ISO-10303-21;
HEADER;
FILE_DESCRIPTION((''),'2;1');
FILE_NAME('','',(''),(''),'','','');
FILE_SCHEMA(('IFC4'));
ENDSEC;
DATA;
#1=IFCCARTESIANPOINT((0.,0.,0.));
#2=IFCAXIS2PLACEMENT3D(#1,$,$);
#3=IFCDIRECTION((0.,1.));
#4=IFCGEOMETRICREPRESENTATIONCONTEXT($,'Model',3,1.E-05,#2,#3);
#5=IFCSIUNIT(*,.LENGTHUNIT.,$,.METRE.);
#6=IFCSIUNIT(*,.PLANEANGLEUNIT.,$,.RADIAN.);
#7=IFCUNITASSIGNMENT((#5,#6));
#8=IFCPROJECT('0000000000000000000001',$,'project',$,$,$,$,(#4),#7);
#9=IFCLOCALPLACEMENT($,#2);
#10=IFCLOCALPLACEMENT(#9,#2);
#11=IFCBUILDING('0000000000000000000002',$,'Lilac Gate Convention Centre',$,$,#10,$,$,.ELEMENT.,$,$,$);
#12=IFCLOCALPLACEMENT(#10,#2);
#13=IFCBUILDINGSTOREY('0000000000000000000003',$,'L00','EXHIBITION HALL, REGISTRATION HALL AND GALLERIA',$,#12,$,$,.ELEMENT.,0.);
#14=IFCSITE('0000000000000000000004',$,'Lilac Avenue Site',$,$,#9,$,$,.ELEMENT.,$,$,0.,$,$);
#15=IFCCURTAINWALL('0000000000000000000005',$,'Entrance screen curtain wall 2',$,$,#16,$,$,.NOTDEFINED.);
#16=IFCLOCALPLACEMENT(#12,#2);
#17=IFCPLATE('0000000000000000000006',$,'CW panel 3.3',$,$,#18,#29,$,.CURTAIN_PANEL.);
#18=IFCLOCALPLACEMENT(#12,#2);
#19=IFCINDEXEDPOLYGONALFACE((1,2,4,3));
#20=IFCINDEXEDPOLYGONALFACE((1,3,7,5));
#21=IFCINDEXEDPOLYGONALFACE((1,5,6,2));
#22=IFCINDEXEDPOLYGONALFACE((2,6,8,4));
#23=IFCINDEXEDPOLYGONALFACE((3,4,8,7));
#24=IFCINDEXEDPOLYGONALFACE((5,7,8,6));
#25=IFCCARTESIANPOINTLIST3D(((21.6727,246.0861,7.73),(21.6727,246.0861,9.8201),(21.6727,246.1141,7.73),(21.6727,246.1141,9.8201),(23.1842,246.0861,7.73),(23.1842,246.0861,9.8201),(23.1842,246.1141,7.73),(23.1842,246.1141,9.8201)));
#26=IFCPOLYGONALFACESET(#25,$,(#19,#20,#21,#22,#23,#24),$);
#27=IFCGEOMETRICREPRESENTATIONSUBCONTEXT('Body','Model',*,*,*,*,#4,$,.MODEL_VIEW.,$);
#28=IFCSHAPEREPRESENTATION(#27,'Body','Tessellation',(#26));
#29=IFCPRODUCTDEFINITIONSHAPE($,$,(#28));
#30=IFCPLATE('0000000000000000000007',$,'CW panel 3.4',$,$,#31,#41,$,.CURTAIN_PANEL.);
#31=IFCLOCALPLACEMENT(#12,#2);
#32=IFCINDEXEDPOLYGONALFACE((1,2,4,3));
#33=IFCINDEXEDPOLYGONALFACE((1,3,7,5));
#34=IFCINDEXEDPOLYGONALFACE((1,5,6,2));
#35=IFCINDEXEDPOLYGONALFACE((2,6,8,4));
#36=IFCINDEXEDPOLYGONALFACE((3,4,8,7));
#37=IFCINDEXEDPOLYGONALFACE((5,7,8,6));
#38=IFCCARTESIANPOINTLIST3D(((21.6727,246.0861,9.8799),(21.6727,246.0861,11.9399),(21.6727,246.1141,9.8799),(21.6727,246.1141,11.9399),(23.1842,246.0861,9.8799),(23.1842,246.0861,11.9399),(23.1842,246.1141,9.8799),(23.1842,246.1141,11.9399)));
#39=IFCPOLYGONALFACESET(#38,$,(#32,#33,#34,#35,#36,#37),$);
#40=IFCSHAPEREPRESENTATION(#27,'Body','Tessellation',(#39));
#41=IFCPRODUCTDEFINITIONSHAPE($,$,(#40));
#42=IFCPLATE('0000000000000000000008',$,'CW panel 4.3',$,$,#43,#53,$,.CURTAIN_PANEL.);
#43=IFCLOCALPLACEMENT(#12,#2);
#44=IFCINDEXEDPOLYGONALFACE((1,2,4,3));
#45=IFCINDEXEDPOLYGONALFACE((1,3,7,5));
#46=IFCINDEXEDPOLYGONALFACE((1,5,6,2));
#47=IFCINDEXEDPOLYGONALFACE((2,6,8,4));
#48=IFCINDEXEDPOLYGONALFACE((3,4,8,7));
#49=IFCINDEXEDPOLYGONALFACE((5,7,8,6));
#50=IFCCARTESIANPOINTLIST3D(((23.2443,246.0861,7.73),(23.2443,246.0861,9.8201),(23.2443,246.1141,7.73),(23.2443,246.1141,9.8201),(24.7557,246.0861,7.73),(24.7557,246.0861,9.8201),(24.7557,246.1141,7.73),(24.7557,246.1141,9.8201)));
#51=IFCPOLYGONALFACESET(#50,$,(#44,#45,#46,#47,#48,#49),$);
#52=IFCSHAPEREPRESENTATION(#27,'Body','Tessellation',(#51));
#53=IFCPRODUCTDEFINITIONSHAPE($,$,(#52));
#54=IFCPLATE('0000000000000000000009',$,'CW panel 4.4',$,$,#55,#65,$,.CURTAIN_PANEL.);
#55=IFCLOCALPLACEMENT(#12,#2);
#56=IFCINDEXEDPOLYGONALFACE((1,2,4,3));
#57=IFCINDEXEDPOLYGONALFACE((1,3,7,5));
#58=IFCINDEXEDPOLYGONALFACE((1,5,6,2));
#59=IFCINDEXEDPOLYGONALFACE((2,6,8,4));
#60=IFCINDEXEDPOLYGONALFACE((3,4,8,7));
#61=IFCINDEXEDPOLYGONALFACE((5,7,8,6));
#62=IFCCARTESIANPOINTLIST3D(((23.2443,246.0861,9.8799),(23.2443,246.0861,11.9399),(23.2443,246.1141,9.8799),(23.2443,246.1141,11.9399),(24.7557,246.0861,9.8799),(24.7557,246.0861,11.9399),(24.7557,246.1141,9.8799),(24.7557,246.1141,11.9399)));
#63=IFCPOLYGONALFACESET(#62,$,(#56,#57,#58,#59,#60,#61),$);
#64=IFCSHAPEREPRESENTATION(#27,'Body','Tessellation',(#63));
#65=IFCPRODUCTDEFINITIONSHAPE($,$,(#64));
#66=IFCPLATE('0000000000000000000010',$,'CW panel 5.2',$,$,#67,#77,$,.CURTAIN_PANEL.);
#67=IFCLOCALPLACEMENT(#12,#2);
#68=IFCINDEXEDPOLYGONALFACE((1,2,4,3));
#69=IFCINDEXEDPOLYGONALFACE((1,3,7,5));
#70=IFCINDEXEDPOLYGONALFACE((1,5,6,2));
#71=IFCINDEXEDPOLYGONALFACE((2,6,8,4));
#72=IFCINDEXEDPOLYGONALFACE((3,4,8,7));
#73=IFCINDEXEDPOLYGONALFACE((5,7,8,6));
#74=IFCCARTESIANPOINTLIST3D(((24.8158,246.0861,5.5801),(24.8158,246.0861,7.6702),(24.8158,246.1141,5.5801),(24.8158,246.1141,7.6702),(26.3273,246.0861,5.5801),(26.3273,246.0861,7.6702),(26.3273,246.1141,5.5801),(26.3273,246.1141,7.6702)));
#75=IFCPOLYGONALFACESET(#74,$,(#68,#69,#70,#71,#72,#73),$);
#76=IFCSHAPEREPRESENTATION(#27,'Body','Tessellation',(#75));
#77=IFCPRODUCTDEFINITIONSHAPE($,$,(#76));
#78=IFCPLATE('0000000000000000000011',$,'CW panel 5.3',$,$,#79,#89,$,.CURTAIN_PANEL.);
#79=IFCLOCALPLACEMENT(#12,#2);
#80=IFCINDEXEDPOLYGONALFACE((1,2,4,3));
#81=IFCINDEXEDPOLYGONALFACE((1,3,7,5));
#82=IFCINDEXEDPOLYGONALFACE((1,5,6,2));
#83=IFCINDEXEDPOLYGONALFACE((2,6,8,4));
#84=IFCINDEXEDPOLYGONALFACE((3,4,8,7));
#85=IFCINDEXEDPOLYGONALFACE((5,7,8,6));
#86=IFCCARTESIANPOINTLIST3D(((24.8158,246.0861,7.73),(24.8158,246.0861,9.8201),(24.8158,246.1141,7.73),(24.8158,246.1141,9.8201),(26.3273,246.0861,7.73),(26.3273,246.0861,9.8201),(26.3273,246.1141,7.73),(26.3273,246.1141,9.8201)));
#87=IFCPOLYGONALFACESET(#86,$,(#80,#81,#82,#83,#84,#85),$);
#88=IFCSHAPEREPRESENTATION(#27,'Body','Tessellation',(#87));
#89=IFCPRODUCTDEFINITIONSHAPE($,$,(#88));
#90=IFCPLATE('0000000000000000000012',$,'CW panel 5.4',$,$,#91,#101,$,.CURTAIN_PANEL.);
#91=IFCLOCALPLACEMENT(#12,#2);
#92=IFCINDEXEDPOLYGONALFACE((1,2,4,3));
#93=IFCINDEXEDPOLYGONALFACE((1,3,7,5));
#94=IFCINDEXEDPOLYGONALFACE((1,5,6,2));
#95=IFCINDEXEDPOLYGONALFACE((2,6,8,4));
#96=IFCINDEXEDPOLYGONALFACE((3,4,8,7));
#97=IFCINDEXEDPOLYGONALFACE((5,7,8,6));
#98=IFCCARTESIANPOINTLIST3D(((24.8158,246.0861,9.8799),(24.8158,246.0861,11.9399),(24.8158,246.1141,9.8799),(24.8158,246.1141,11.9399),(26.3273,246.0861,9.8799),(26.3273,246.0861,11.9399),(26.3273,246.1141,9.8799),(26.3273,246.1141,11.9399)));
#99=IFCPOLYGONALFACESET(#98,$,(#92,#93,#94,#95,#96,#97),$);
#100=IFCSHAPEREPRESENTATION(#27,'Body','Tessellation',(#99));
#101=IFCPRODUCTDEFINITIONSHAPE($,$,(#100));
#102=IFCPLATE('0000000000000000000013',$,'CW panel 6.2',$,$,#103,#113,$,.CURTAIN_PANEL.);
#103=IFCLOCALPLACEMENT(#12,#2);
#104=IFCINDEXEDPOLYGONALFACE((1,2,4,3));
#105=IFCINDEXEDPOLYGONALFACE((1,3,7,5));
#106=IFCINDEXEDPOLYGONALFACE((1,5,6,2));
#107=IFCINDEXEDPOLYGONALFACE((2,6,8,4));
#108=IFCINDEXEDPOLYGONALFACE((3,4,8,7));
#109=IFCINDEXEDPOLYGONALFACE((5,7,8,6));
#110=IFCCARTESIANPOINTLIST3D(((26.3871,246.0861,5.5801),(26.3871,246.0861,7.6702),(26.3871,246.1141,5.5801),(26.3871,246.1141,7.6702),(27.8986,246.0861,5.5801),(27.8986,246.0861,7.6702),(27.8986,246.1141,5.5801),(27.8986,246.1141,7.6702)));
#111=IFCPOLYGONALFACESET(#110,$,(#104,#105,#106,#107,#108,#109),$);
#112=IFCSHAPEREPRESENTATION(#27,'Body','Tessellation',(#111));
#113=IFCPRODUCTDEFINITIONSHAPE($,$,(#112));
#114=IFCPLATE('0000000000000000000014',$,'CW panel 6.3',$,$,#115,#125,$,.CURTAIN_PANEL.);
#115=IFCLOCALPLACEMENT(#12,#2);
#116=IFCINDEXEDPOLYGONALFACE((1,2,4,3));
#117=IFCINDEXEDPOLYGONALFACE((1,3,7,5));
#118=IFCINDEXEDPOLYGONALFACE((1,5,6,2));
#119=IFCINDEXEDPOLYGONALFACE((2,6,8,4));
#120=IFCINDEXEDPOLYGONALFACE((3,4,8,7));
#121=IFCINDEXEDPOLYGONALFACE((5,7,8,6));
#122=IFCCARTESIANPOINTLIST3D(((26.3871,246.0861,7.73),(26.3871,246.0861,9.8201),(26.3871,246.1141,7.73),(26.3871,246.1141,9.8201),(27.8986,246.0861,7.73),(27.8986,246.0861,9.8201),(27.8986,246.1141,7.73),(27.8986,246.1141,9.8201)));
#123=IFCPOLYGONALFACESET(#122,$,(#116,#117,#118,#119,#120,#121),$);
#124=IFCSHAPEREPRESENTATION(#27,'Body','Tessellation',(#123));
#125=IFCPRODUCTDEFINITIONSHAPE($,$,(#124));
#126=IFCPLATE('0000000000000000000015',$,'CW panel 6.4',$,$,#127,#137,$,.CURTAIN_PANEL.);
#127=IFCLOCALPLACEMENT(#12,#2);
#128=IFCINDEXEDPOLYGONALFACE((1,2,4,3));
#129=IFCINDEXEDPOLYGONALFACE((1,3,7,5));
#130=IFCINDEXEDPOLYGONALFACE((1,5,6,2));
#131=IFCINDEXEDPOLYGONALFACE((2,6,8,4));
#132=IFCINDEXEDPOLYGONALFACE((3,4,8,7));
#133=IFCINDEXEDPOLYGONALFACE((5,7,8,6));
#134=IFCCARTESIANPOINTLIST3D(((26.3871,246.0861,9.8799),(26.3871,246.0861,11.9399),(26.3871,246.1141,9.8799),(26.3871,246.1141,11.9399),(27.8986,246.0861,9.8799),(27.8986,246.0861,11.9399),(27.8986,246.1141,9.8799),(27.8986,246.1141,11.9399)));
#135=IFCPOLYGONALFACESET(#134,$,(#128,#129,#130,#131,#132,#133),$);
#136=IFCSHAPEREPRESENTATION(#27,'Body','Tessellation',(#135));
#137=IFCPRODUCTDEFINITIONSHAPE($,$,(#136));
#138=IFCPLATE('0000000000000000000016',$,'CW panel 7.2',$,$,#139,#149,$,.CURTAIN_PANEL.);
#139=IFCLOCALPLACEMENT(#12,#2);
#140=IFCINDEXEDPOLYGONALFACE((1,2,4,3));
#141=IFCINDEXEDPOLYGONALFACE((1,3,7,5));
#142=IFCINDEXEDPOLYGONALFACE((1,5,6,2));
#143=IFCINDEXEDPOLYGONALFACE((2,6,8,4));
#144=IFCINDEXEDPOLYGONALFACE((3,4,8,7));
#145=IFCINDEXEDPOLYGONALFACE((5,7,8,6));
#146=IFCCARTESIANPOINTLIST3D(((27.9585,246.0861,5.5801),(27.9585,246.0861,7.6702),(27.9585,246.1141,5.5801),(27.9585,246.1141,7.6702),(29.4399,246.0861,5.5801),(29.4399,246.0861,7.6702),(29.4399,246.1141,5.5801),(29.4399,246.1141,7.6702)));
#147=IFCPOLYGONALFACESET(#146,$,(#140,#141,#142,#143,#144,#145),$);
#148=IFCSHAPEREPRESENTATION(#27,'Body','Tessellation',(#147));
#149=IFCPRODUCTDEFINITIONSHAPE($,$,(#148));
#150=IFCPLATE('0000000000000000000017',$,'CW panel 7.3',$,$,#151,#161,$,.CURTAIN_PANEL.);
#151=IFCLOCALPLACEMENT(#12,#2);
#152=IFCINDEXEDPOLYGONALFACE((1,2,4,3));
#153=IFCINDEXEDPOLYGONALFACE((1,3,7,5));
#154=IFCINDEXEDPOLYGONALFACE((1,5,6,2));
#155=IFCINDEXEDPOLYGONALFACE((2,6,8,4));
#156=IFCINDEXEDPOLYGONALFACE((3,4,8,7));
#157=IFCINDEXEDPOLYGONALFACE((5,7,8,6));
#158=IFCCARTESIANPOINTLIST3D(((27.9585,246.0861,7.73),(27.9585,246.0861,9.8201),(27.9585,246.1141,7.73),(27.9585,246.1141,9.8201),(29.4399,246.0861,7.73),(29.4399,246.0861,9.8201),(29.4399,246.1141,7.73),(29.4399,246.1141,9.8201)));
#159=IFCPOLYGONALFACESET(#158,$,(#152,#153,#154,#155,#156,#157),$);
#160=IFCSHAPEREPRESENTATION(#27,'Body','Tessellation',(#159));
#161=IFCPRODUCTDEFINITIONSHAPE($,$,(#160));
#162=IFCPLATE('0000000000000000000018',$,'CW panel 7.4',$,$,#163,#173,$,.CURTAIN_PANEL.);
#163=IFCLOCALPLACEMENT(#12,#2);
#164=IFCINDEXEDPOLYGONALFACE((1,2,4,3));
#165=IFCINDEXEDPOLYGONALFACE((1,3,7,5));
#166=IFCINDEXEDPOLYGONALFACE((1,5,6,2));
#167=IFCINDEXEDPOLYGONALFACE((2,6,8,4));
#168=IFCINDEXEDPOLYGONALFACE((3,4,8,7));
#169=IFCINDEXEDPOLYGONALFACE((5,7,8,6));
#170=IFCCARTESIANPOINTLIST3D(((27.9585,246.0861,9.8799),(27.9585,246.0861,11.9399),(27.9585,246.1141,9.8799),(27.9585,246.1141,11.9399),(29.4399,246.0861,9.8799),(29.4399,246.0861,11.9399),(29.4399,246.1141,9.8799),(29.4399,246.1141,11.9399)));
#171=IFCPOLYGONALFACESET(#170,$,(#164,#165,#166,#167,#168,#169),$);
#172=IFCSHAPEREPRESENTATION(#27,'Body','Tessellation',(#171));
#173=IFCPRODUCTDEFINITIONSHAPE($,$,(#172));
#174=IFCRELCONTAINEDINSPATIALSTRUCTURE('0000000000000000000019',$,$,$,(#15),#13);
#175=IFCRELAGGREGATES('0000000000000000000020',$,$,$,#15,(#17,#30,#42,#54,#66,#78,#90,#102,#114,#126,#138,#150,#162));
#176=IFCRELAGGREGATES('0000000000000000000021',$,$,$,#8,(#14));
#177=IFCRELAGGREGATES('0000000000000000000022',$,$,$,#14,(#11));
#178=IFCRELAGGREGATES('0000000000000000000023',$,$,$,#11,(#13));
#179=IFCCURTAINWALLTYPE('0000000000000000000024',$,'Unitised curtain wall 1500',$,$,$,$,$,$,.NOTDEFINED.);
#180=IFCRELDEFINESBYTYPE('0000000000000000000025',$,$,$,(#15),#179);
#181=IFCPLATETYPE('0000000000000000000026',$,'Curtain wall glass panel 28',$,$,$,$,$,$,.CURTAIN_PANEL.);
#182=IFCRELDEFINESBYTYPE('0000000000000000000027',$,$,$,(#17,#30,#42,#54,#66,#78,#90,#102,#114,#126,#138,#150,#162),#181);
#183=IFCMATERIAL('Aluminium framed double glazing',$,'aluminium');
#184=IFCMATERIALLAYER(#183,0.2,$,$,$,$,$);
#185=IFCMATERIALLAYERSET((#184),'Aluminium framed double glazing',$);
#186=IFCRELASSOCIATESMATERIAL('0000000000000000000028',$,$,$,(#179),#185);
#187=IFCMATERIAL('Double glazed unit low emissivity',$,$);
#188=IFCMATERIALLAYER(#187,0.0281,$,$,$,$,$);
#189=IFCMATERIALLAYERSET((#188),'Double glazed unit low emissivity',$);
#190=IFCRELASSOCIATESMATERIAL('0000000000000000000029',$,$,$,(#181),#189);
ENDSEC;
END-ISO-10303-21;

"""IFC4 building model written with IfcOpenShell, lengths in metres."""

from ifc_helpers import new_model, si_unit, direction, frame, origin, origin_2d, place, context, subcontext, project, spatial, rectangle, extrude, material, layer, layer_set, type_object, element, aggregate, save


model = new_model("IFC4")

# Units and contexts
model_context = context("Model", 3, precision=1e-05, world=origin(), true_north=direction((0.0, 1.0)))
body_context = subcontext(model_context, "Body", "Model", "MODEL_VIEW")
ifc_project = project(units=[si_unit("LENGTHUNIT", "METRE"), si_unit("PLANEANGLEUNIT", "RADIAN")], contexts=[model_context])

# Site, building, storey
site_placement = place(None, origin())
site = spatial("IfcSite", under=ifc_project, at=site_placement, Name="Lilac Avenue Site", CompositionType="ELEMENT", RefElevation=0.0)
building_placement = place(site_placement, origin())
building = spatial("IfcBuilding", under=site, at=building_placement, Name="Lilac Gate Convention Centre", CompositionType="ELEMENT")
storey_placement = place(building_placement, origin())
storey = spatial("IfcBuildingStorey", under=building, at=storey_placement, Name="L00", Description="EXHIBITION HALL, REGISTRATION HALL AND GALLERIA", CompositionType="ELEMENT", Elevation=0.0)

# Curtain wall, plates
ifc_material_1 = material(Name="Aluminium framed double glazing", Category="aluminium")
ifc_layer_1 = layer(ifc_material_1, 0.2)
ifc_layer_set_1 = layer_set([ifc_layer_1], Name="Aluminium framed double glazing")
curtain_wall_type = type_object("IfcCurtainWallType", Name="Unitised curtain wall 1500", PredefinedType="NOTDEFINED", material=ifc_layer_set_1)
curtain_wall_placement = place(storey_placement, origin())
curtain_wall = element("IfcCurtainWall", 1, at=curtain_wall_placement, inside=storey, type_object=curtain_wall_type, Name="Entrance screen curtain wall 2", PredefinedType="NOTDEFINED")
ifc_material_2 = material(Name="Double glazed unit low emissivity")
ifc_layer_2 = layer(ifc_material_2, 0.0281)
ifc_layer_set_2 = layer_set([ifc_layer_2], Name="Double glazed unit low emissivity")
plate_type = type_object("IfcPlateType", Name="Curtain wall glass panel 28", PredefinedType="CURTAIN_PANEL", material=ifc_layer_set_2)
plate_1_placement = place(storey_placement, frame((22.4285, 246.1001, 7.73), z_axis=(0.0, 0.0, 1.0), x_axis=(1.0, 0.0, 0.0)))
plate_1 = element("IfcPlate", 2, at=plate_1_placement, type_object=plate_type, Name="CW panel 3.3", PredefinedType="CURTAIN_PANEL", context=body_context, shape_type="SweptSolid", body=[
    extrude(rectangle(XDim=1.5115, YDim=0.0281, at=origin_2d()), origin(), (0.0, 0.0, 1.0), 2.0901),
])
plate_2_placement = place(storey_placement, frame((22.4285, 246.1001, 9.8799), z_axis=(0.0, 0.0, 1.0), x_axis=(1.0, 0.0, 0.0)))
plate_2 = element("IfcPlate", 3, at=plate_2_placement, type_object=plate_type, Name="CW panel 3.4", PredefinedType="CURTAIN_PANEL", context=body_context, shape_type="SweptSolid", body=[
    extrude(rectangle(XDim=1.5115, YDim=0.0281, at=origin_2d()), origin(), (0.0, 0.0, 1.0), 2.0601),
])
plate_3_placement = place(storey_placement, frame((24.0, 246.1001, 7.73), z_axis=(0.0, 0.0, 1.0), x_axis=(1.0, 0.0, 0.0)))
plate_3 = element("IfcPlate", 4, at=plate_3_placement, type_object=plate_type, Name="CW panel 4.3", PredefinedType="CURTAIN_PANEL", context=body_context, shape_type="SweptSolid", body=[
    extrude(rectangle(XDim=1.5115, YDim=0.0281, at=origin_2d()), origin(), (0.0, 0.0, 1.0), 2.0901),
])
plate_4_placement = place(storey_placement, frame((24.0, 246.1001, 9.8799), z_axis=(0.0, 0.0, 1.0), x_axis=(1.0, 0.0, 0.0)))
plate_4 = element("IfcPlate", 5, at=plate_4_placement, type_object=plate_type, Name="CW panel 4.4", PredefinedType="CURTAIN_PANEL", context=body_context, shape_type="SweptSolid", body=[
    extrude(rectangle(XDim=1.5115, YDim=0.0281, at=origin_2d()), origin(), (0.0, 0.0, 1.0), 2.0601),
])
plate_5_placement = place(storey_placement, frame((25.5715, 246.1001, 5.5801), z_axis=(0.0, 0.0, 1.0), x_axis=(1.0, 0.0, 0.0)))
plate_5 = element("IfcPlate", 6, at=plate_5_placement, type_object=plate_type, Name="CW panel 5.2", PredefinedType="CURTAIN_PANEL", context=body_context, shape_type="SweptSolid", body=[
    extrude(rectangle(XDim=1.5115, YDim=0.0281, at=origin_2d()), origin(), (0.0, 0.0, 1.0), 2.0901),
])
plate_6_placement = place(storey_placement, frame((25.5715, 246.1001, 7.73), z_axis=(0.0, 0.0, 1.0), x_axis=(1.0, 0.0, 0.0)))
plate_6 = element("IfcPlate", 7, at=plate_6_placement, type_object=plate_type, Name="CW panel 5.3", PredefinedType="CURTAIN_PANEL", context=body_context, shape_type="SweptSolid", body=[
    extrude(rectangle(XDim=1.5115, YDim=0.0281, at=origin_2d()), origin(), (0.0, 0.0, 1.0), 2.0901),
])
plate_7_placement = place(storey_placement, frame((25.5715, 246.1001, 9.8799), z_axis=(0.0, 0.0, 1.0), x_axis=(1.0, 0.0, 0.0)))
plate_7 = element("IfcPlate", 8, at=plate_7_placement, type_object=plate_type, Name="CW panel 5.4", PredefinedType="CURTAIN_PANEL", context=body_context, shape_type="SweptSolid", body=[
    extrude(rectangle(XDim=1.5115, YDim=0.0281, at=origin_2d()), origin(), (0.0, 0.0, 1.0), 2.0601),
])
plate_8_placement = place(storey_placement, frame((27.1428, 246.1001, 5.5801), z_axis=(0.0, 0.0, 1.0), x_axis=(1.0, 0.0, 0.0)))
plate_8 = element("IfcPlate", 9, at=plate_8_placement, type_object=plate_type, Name="CW panel 6.2", PredefinedType="CURTAIN_PANEL", context=body_context, shape_type="SweptSolid", body=[
    extrude(rectangle(XDim=1.5115, YDim=0.0281, at=origin_2d()), origin(), (0.0, 0.0, 1.0), 2.0901),
])
plate_9_placement = place(storey_placement, frame((27.1428, 246.1001, 7.73), z_axis=(0.0, 0.0, 1.0), x_axis=(1.0, 0.0, 0.0)))
plate_9 = element("IfcPlate", 10, at=plate_9_placement, type_object=plate_type, Name="CW panel 6.3", PredefinedType="CURTAIN_PANEL", context=body_context, shape_type="SweptSolid", body=[
    extrude(rectangle(XDim=1.5115, YDim=0.0281, at=origin_2d()), origin(), (0.0, 0.0, 1.0), 2.0901),
])
plate_10_placement = place(storey_placement, frame((27.1428, 246.1001, 9.8799), z_axis=(0.0, 0.0, 1.0), x_axis=(1.0, 0.0, 0.0)))
plate_10 = element("IfcPlate", 11, at=plate_10_placement, type_object=plate_type, Name="CW panel 6.4", PredefinedType="CURTAIN_PANEL", context=body_context, shape_type="SweptSolid", body=[
    extrude(rectangle(XDim=1.5115, YDim=0.0281, at=origin_2d()), origin(), (0.0, 0.0, 1.0), 2.0601),
])
plate_11_placement = place(storey_placement, frame((28.6992, 246.1001, 5.5801), z_axis=(0.0, 0.0, 1.0), x_axis=(1.0, 0.0, 0.0)))
plate_11 = element("IfcPlate", 12, at=plate_11_placement, type_object=plate_type, Name="CW panel 7.2", PredefinedType="CURTAIN_PANEL", context=body_context, shape_type="SweptSolid", body=[
    extrude(rectangle(XDim=1.4814, YDim=0.0281, at=origin_2d()), origin(), (0.0, 0.0, 1.0), 2.0901),
])
plate_12_placement = place(storey_placement, frame((28.6992, 246.1001, 7.73), z_axis=(0.0, 0.0, 1.0), x_axis=(1.0, 0.0, 0.0)))
plate_12 = element("IfcPlate", 13, at=plate_12_placement, type_object=plate_type, Name="CW panel 7.3", PredefinedType="CURTAIN_PANEL", context=body_context, shape_type="SweptSolid", body=[
    extrude(rectangle(XDim=1.4814, YDim=0.0281, at=origin_2d()), origin(), (0.0, 0.0, 1.0), 2.0901),
])
plate_13_placement = place(storey_placement, frame((28.6992, 246.1001, 9.8799), z_axis=(0.0, 0.0, 1.0), x_axis=(1.0, 0.0, 0.0)))
plate_13 = element("IfcPlate", 14, at=plate_13_placement, type_object=plate_type, Name="CW panel 7.4", PredefinedType="CURTAIN_PANEL", context=body_context, shape_type="SweptSolid", body=[
    extrude(rectangle(XDim=1.4814, YDim=0.0281, at=origin_2d()), origin(), (0.0, 0.0, 1.0), 2.0601),
])
aggregate(curtain_wall, [plate_1, plate_2, plate_3, plate_4, plate_5, plate_6, plate_7, plate_8, plate_9, plate_10, plate_11, plate_12, plate_13])

save(model, "model.ifc")
